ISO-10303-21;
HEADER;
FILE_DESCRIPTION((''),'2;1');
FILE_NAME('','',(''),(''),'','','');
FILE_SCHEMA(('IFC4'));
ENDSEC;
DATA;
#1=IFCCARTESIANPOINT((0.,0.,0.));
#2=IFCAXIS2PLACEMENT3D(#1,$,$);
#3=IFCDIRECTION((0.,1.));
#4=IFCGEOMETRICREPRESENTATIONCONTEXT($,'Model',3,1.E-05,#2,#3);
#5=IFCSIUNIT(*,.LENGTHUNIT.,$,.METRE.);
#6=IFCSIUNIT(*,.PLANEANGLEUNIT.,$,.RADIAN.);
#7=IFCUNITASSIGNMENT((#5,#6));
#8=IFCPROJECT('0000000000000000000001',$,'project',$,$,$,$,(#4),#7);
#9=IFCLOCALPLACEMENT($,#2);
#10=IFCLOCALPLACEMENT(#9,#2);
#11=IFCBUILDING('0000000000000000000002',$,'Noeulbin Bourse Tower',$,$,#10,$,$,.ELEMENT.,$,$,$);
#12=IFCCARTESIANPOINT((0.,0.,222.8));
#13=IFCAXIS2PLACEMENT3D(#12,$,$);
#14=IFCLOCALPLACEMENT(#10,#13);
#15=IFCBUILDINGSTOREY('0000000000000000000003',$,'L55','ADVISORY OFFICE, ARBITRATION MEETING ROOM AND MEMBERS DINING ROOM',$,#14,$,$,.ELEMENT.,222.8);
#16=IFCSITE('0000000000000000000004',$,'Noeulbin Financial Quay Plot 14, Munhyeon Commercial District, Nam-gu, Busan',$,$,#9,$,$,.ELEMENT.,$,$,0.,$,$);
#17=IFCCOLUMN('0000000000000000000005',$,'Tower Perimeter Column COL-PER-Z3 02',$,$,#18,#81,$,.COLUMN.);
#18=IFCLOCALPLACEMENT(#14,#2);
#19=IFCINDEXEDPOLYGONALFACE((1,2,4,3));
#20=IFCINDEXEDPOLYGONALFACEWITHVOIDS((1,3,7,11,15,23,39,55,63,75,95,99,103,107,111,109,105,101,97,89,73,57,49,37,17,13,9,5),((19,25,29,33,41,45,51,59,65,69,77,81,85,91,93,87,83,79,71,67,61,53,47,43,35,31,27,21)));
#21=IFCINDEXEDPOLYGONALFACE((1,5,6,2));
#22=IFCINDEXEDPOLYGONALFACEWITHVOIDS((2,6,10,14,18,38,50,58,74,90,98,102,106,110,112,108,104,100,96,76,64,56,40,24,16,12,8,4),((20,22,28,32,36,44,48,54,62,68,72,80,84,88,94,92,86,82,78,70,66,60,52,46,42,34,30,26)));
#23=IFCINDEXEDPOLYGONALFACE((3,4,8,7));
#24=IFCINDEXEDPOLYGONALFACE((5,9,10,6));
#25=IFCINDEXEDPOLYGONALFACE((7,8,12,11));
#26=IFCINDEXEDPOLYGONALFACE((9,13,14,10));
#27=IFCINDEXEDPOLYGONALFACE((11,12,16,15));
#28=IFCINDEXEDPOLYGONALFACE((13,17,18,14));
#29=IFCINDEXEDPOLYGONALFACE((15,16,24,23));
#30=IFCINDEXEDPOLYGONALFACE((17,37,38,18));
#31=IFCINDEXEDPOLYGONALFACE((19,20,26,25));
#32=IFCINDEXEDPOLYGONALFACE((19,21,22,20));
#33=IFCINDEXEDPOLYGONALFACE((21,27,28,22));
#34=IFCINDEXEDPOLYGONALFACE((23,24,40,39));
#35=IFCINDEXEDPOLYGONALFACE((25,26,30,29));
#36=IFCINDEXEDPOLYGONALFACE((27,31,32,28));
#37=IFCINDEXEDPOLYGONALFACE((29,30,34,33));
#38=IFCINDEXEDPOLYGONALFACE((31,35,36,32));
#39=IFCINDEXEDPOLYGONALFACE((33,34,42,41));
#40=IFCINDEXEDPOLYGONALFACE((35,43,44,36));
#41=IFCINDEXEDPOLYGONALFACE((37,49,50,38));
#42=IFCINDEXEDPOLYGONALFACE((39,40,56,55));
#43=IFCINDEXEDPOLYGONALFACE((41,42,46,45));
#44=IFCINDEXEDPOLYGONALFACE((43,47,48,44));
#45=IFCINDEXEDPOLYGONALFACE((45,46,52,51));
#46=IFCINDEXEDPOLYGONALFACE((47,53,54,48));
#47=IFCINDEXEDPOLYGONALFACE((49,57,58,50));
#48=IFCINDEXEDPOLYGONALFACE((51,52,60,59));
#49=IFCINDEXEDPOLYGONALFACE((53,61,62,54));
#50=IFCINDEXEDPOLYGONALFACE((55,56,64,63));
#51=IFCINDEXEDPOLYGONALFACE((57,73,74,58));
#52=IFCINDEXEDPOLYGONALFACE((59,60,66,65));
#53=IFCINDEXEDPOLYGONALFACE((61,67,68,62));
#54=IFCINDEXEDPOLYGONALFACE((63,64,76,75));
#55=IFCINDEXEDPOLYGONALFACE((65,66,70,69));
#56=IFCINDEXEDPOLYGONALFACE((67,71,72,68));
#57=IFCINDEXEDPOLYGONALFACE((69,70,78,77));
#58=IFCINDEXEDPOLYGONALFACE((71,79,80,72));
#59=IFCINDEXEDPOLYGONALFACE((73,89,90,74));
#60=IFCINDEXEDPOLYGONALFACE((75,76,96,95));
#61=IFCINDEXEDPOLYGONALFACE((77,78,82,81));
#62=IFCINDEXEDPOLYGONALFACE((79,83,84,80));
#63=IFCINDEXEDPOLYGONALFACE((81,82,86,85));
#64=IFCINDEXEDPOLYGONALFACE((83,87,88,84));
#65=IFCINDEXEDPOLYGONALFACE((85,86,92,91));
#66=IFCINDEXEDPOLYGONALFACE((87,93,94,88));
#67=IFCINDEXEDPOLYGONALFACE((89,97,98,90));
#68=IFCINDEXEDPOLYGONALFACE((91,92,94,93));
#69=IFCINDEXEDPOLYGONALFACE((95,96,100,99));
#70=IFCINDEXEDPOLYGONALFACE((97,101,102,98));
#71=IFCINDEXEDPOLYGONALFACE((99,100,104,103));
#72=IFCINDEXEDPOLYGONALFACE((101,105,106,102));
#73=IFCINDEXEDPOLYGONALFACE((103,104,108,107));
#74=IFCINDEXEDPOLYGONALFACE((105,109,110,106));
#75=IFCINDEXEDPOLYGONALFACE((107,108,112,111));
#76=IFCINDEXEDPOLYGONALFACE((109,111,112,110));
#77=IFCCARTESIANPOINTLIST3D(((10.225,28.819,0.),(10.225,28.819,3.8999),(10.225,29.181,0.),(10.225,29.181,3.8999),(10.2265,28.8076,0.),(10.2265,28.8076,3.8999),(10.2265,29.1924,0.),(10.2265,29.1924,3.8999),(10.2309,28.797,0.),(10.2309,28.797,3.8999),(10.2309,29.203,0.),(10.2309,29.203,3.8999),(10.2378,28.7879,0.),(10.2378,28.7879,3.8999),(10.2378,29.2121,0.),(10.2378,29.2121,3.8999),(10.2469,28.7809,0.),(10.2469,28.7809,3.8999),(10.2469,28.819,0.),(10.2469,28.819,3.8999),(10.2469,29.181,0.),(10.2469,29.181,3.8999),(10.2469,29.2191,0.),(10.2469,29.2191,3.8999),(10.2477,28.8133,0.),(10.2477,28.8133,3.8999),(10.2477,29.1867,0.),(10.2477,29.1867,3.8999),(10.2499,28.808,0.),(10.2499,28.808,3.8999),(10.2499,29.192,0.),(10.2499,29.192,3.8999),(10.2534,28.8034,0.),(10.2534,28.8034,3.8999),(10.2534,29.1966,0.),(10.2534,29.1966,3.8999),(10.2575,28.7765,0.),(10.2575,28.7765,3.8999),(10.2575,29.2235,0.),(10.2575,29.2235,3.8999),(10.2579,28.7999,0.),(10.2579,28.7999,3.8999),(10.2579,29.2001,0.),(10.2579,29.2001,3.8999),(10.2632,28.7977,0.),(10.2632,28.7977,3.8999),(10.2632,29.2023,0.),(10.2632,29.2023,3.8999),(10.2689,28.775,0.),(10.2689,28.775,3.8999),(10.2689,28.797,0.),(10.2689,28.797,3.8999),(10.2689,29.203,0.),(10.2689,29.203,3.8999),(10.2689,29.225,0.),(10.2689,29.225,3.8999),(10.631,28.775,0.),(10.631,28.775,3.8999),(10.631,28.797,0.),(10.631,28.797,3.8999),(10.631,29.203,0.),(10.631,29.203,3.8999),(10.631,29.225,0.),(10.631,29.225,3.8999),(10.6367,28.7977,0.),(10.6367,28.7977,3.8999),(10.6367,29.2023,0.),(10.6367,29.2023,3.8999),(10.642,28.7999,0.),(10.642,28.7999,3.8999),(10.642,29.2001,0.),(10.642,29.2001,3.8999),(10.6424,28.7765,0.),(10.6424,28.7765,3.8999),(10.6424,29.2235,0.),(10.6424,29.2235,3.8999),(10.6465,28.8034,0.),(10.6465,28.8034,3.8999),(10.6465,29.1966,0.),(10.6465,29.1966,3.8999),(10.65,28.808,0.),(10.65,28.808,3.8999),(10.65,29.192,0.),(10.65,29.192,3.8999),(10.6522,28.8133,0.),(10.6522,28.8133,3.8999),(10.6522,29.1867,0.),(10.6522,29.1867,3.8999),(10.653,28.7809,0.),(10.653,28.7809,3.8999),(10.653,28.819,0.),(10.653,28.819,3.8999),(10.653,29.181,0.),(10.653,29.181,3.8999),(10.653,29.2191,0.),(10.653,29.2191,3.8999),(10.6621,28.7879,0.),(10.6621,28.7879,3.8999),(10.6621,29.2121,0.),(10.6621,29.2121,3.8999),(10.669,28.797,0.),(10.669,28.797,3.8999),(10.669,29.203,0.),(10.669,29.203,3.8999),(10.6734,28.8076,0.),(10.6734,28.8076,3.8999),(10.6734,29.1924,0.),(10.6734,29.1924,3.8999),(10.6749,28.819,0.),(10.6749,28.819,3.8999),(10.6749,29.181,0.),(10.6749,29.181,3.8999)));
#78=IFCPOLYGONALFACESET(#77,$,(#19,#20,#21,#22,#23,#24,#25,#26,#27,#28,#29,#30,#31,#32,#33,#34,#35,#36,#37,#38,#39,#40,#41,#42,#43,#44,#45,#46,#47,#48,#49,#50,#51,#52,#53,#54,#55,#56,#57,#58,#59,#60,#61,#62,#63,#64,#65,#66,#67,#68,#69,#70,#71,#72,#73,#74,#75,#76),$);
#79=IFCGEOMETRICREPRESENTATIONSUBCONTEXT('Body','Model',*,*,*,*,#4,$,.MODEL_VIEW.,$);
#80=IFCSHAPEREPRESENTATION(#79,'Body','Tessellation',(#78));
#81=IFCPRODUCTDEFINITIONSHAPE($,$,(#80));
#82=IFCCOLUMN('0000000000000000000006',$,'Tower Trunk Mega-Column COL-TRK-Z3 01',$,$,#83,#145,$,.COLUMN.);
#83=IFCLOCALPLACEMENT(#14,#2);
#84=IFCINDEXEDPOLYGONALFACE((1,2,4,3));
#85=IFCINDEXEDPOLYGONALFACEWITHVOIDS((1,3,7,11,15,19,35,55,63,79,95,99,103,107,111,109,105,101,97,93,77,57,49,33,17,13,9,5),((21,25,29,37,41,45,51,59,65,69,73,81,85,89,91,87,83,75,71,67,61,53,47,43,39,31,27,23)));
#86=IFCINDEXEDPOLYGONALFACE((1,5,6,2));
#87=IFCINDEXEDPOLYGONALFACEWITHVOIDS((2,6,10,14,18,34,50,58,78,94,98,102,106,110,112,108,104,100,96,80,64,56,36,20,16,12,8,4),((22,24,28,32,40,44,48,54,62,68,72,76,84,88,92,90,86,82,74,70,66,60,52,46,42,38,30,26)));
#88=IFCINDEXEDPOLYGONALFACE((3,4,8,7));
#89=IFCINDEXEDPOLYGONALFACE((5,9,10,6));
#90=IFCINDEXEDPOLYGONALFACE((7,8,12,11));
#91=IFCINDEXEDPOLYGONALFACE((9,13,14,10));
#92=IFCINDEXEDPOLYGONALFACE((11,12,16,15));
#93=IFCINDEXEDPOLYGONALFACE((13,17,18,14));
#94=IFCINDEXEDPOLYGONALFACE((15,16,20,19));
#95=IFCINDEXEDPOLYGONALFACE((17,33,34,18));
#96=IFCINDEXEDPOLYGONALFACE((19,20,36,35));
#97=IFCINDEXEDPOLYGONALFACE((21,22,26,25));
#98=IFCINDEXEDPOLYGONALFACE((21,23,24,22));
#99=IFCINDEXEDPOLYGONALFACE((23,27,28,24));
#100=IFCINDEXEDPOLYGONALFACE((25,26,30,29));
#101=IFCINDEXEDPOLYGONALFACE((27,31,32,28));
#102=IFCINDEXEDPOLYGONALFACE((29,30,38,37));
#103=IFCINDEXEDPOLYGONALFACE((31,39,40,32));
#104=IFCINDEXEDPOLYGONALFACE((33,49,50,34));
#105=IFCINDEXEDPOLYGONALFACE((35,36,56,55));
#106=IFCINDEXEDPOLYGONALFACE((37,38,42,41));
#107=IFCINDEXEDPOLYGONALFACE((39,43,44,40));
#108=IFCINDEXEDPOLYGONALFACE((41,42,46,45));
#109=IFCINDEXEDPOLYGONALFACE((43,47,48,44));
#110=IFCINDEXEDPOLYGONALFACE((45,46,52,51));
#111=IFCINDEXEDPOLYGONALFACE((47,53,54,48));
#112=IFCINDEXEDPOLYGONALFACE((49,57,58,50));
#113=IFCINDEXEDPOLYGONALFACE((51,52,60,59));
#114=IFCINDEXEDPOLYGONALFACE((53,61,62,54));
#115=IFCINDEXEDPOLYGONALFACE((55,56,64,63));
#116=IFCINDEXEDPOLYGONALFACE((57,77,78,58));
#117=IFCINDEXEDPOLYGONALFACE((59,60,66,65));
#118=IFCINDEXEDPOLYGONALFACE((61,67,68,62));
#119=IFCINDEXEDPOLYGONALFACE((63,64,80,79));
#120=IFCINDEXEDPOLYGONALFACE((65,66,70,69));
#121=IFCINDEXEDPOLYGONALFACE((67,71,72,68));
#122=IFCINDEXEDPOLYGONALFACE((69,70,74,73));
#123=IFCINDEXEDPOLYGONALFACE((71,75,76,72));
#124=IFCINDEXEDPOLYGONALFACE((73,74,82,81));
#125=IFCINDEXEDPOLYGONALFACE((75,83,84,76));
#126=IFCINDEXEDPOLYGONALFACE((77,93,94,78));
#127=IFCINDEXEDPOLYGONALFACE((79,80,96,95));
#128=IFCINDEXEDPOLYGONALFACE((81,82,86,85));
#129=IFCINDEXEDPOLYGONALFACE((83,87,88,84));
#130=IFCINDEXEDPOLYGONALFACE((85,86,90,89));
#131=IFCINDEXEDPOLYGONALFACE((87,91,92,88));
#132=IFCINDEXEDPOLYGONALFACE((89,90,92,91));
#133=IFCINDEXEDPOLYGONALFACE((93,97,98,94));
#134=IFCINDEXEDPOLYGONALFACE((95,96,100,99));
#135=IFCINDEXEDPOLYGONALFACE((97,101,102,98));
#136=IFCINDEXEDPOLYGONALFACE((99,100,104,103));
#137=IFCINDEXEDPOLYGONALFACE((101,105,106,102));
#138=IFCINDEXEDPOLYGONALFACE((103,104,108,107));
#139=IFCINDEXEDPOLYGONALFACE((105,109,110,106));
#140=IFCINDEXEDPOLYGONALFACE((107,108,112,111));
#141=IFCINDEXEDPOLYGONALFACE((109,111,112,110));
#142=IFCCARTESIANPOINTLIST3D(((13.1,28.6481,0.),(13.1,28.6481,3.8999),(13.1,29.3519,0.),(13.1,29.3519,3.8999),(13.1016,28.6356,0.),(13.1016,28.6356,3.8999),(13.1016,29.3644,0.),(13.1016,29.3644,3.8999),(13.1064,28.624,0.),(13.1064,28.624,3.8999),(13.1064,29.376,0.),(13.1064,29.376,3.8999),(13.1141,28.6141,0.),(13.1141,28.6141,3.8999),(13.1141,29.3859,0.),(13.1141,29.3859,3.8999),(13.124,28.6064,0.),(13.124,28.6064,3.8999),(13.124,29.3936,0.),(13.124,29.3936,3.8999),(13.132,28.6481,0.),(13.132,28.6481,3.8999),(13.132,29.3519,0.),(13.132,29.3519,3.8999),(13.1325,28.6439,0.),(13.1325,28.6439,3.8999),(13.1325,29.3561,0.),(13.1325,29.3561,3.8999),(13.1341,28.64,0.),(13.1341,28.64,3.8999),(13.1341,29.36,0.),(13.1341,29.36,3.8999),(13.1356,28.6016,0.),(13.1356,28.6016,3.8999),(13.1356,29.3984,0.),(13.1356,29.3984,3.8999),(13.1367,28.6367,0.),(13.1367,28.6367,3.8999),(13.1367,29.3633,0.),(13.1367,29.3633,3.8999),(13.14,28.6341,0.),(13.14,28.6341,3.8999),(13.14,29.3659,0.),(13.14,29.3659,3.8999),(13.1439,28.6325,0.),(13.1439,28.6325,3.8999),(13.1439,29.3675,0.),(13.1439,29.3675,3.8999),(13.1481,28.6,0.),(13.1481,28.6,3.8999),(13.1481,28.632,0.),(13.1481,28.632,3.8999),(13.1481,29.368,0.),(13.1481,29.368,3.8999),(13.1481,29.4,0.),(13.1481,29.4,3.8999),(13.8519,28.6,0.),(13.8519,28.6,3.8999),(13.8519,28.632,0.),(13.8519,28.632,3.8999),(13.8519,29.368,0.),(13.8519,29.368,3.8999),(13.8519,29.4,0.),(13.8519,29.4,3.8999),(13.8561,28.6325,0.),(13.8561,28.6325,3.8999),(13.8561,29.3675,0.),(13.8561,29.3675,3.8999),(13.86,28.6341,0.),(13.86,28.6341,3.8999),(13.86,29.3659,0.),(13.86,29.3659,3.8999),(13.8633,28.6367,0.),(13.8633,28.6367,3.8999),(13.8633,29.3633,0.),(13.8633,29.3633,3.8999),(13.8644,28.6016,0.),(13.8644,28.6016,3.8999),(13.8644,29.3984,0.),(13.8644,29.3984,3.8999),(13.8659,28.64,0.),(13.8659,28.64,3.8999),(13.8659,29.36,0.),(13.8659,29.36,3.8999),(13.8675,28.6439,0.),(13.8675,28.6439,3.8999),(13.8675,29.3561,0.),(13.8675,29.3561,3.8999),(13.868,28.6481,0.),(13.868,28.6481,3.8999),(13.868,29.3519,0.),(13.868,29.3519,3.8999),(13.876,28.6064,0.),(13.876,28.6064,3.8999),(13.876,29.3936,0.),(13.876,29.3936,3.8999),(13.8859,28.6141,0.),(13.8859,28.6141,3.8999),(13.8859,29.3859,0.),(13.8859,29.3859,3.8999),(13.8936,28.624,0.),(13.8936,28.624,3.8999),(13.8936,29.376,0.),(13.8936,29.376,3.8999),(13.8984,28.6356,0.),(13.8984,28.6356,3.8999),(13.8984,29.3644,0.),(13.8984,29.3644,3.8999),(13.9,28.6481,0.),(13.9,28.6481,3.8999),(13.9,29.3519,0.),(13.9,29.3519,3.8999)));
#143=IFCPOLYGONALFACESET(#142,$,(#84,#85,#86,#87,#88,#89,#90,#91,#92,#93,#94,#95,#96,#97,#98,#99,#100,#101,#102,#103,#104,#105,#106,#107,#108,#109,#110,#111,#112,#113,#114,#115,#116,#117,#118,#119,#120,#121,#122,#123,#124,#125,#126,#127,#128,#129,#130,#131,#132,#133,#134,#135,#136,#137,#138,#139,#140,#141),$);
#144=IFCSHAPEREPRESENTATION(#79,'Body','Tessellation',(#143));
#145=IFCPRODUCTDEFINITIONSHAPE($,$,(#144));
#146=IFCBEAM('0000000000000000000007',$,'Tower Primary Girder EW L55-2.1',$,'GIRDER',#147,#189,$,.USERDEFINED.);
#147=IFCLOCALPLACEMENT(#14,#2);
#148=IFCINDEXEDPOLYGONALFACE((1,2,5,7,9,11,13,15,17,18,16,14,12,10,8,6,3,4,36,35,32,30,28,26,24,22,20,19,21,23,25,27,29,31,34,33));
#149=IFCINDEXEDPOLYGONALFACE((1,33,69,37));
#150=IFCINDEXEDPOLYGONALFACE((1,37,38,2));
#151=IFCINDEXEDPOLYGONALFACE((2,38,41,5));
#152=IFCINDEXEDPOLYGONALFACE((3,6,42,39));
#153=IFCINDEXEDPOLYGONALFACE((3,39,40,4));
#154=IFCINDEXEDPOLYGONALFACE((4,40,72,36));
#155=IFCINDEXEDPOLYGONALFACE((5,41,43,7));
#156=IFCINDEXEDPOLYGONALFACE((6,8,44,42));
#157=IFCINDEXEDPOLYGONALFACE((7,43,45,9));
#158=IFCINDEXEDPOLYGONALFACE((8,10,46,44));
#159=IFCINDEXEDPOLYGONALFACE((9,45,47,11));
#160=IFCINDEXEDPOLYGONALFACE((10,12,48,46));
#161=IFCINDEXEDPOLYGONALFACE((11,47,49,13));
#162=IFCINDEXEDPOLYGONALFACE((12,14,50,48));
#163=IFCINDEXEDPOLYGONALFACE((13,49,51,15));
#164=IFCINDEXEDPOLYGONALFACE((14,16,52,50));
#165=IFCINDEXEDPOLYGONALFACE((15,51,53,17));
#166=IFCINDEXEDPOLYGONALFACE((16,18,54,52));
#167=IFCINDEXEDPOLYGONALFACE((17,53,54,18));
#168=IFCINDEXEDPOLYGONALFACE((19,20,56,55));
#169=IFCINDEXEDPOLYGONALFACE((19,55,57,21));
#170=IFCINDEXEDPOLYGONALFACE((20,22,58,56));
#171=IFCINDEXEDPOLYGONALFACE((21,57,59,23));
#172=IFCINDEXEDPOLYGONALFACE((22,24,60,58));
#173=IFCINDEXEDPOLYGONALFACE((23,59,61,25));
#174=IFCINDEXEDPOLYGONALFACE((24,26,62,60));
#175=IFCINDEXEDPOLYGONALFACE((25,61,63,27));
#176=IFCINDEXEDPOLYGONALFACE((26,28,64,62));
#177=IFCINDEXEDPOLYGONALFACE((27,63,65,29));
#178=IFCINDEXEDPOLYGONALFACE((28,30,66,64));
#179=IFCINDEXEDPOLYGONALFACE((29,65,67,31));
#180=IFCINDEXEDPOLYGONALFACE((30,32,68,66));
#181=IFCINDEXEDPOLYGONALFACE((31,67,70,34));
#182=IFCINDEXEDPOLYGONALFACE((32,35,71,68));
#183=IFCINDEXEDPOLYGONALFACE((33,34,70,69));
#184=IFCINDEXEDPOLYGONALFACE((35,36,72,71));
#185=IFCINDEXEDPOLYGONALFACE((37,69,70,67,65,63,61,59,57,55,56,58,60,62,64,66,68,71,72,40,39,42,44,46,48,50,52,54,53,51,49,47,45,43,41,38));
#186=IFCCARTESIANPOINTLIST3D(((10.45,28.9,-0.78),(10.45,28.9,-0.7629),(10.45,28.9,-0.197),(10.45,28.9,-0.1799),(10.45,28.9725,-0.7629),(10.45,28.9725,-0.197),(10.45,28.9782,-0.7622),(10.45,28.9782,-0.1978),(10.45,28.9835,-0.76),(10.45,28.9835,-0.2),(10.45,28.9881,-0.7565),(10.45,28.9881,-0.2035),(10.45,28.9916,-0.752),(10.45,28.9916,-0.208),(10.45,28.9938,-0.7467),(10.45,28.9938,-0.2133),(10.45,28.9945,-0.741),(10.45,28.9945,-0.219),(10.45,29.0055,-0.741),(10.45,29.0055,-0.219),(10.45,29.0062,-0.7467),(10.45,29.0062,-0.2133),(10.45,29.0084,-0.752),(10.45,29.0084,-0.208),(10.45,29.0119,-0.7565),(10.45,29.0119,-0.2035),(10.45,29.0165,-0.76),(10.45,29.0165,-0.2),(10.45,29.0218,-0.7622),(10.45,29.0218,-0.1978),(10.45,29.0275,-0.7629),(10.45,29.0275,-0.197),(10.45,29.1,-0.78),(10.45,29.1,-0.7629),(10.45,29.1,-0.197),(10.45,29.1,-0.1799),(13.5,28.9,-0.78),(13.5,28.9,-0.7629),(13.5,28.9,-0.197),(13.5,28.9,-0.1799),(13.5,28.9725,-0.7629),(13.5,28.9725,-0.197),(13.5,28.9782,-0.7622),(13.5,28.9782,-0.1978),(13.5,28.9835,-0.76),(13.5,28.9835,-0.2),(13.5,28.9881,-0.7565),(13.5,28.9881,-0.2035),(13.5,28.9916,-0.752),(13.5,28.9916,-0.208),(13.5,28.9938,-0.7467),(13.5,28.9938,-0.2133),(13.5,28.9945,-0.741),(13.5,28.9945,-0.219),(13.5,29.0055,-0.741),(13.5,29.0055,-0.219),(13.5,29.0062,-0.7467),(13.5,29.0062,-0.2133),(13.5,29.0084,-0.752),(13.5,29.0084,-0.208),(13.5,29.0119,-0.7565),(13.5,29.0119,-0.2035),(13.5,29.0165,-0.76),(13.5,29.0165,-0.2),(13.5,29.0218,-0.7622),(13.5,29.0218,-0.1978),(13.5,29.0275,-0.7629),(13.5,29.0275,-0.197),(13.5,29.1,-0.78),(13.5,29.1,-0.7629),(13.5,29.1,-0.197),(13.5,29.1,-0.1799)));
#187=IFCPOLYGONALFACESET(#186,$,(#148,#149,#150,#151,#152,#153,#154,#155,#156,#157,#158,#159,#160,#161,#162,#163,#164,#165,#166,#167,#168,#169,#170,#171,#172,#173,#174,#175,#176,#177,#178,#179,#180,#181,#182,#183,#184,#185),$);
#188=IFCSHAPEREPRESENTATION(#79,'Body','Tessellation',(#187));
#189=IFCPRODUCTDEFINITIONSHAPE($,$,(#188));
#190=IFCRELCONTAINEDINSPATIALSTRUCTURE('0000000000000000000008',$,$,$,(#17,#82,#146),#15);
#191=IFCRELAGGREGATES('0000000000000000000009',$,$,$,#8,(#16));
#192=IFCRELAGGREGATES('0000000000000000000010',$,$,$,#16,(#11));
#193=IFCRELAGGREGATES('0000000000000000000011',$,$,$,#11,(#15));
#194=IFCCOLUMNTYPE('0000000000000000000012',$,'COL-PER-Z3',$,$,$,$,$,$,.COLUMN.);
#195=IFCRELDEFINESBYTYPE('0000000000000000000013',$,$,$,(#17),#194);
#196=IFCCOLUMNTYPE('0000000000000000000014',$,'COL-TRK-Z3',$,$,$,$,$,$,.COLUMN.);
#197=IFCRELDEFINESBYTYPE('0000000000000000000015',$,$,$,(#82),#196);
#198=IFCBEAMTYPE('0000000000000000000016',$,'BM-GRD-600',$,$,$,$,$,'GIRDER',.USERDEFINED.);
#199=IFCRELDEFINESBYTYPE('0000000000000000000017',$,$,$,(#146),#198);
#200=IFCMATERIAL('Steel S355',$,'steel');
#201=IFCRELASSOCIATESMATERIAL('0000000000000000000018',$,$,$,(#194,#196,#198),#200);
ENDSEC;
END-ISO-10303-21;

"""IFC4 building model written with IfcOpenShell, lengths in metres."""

from ifc_helpers import new_model, si_unit, direction, frame, origin, origin_2d, place, context, subcontext, project, spatial, hollow_rectangle, i_section, extrude, material, material_profile, profile_set, type_object, element, save


model = new_model("IFC4")

# Units and contexts
model_context = context("Model", 3, precision=1e-05, world=origin(), true_north=direction((0.0, 1.0)))
body_context = subcontext(model_context, "Body", "Model", "MODEL_VIEW")
ifc_project = project(units=[si_unit("LENGTHUNIT", "METRE"), si_unit("PLANEANGLEUNIT", "RADIAN")], contexts=[model_context])

# Site, building, storey
site_placement = place(None, origin())
site = spatial("IfcSite", under=ifc_project, at=site_placement, Name="Noeulbin Financial Quay Plot 14, Munhyeon Commercial District, Nam-gu, Busan", CompositionType="ELEMENT", RefElevation=0.0)
building_placement = place(site_placement, origin())
building = spatial("IfcBuilding", under=site, at=building_placement, Name="Noeulbin Bourse Tower", CompositionType="ELEMENT")
storey_placement = place(building_placement, frame((0.0, 0.0, 222.8)))
storey = spatial("IfcBuildingStorey", under=building, at=storey_placement, Name="L55", Description="ADVISORY OFFICE, ARBITRATION MEETING ROOM AND MEMBERS DINING ROOM", CompositionType="ELEMENT", Elevation=222.8)

# Columns
ifc_material_1 = material(Name="Steel S355", Category="steel")
ifc_material_profile_1 = material_profile(ifc_material_1, hollow_rectangle(XDim=0.45, YDim=0.45, WallThickness=0.022, InnerFilletRadius=0.022, OuterFilletRadius=0.0439, at=origin_2d()), Name="SHS-450x450x22", Category="LoadBearing")
ifc_profile_set_1 = profile_set([ifc_material_profile_1], Name="Steel S355")
column_type_1 = type_object("IfcColumnType", Name="COL-PER-Z3", PredefinedType="COLUMN", material=ifc_profile_set_1)
column_1_placement = place(storey_placement, frame((10.45, 29.0, 0.0), z_axis=(0.0, 0.0, 1.0), x_axis=(1.0, 0.0, 0.0)))
element("IfcColumn", 1, at=column_1_placement, inside=storey, type_object=column_type_1, Name="Tower Perimeter Column COL-PER-Z3 02", PredefinedType="COLUMN", context=body_context, shape_type="SweptSolid", body=[
    extrude(hollow_rectangle(XDim=0.45, YDim=0.45, WallThickness=0.022, InnerFilletRadius=0.022, OuterFilletRadius=0.0439, at=origin_2d()), origin(), (0.0, 0.0, 1.0), 3.8999),
])
ifc_material_profile_2 = material_profile(ifc_material_1, hollow_rectangle(XDim=0.8, YDim=0.8, WallThickness=0.032, InnerFilletRadius=0.0161, OuterFilletRadius=0.0481, at=origin_2d()), Name="BOX-800x800x32", Category="LoadBearing")
ifc_profile_set_2 = profile_set([ifc_material_profile_2], Name="Steel S355")
column_type_2 = type_object("IfcColumnType", Name="COL-TRK-Z3", PredefinedType="COLUMN", material=ifc_profile_set_2)
column_2_placement = place(storey_placement, frame((13.5, 29.0, 0.0), z_axis=(0.0, 0.0, 1.0), x_axis=(1.0, 0.0, 0.0)))
element("IfcColumn", 2, at=column_2_placement, inside=storey, type_object=column_type_2, Name="Tower Trunk Mega-Column COL-TRK-Z3 01", PredefinedType="COLUMN", context=body_context, shape_type="SweptSolid", body=[
    extrude(hollow_rectangle(XDim=0.8, YDim=0.8, WallThickness=0.032, InnerFilletRadius=0.0161, OuterFilletRadius=0.0481, at=origin_2d()), origin(), (0.0, 0.0, 1.0), 3.8999),
])

# Beam
ifc_material_profile_3 = material_profile(ifc_material_1, i_section(OverallWidth=0.2, OverallDepth=0.6001, WebThickness=0.011, FlangeThickness=0.0171, FilletRadius=0.022, at=origin_2d()), Name="H-600x200x11x17", Category="LoadBearing")
ifc_profile_set_3 = profile_set([ifc_material_profile_3], Name="Steel S355")
beam_type_1 = type_object("IfcBeamType", Name="BM-GRD-600", ElementType="GIRDER", PredefinedType="USERDEFINED", material=ifc_profile_set_3)
beam_placement = place(storey_placement, frame((10.45, 29.0, -0.48), z_axis=(1.0, 0.0, 0.0), x_axis=(0.0, 1.0, 0.0)))
element("IfcBeam", 3, at=beam_placement, inside=storey, type_object=beam_type_1, Name="Tower Primary Girder EW L55-2.1", ObjectType="GIRDER", PredefinedType="USERDEFINED", context=body_context, shape_type="SweptSolid", body=[
    extrude(i_section(OverallWidth=0.2, OverallDepth=0.6001, WebThickness=0.011, FlangeThickness=0.0171, FilletRadius=0.022, at=origin_2d()), origin(), (0.0, 0.0, 1.0), 3.05),
])

save(model, "model.ifc")
